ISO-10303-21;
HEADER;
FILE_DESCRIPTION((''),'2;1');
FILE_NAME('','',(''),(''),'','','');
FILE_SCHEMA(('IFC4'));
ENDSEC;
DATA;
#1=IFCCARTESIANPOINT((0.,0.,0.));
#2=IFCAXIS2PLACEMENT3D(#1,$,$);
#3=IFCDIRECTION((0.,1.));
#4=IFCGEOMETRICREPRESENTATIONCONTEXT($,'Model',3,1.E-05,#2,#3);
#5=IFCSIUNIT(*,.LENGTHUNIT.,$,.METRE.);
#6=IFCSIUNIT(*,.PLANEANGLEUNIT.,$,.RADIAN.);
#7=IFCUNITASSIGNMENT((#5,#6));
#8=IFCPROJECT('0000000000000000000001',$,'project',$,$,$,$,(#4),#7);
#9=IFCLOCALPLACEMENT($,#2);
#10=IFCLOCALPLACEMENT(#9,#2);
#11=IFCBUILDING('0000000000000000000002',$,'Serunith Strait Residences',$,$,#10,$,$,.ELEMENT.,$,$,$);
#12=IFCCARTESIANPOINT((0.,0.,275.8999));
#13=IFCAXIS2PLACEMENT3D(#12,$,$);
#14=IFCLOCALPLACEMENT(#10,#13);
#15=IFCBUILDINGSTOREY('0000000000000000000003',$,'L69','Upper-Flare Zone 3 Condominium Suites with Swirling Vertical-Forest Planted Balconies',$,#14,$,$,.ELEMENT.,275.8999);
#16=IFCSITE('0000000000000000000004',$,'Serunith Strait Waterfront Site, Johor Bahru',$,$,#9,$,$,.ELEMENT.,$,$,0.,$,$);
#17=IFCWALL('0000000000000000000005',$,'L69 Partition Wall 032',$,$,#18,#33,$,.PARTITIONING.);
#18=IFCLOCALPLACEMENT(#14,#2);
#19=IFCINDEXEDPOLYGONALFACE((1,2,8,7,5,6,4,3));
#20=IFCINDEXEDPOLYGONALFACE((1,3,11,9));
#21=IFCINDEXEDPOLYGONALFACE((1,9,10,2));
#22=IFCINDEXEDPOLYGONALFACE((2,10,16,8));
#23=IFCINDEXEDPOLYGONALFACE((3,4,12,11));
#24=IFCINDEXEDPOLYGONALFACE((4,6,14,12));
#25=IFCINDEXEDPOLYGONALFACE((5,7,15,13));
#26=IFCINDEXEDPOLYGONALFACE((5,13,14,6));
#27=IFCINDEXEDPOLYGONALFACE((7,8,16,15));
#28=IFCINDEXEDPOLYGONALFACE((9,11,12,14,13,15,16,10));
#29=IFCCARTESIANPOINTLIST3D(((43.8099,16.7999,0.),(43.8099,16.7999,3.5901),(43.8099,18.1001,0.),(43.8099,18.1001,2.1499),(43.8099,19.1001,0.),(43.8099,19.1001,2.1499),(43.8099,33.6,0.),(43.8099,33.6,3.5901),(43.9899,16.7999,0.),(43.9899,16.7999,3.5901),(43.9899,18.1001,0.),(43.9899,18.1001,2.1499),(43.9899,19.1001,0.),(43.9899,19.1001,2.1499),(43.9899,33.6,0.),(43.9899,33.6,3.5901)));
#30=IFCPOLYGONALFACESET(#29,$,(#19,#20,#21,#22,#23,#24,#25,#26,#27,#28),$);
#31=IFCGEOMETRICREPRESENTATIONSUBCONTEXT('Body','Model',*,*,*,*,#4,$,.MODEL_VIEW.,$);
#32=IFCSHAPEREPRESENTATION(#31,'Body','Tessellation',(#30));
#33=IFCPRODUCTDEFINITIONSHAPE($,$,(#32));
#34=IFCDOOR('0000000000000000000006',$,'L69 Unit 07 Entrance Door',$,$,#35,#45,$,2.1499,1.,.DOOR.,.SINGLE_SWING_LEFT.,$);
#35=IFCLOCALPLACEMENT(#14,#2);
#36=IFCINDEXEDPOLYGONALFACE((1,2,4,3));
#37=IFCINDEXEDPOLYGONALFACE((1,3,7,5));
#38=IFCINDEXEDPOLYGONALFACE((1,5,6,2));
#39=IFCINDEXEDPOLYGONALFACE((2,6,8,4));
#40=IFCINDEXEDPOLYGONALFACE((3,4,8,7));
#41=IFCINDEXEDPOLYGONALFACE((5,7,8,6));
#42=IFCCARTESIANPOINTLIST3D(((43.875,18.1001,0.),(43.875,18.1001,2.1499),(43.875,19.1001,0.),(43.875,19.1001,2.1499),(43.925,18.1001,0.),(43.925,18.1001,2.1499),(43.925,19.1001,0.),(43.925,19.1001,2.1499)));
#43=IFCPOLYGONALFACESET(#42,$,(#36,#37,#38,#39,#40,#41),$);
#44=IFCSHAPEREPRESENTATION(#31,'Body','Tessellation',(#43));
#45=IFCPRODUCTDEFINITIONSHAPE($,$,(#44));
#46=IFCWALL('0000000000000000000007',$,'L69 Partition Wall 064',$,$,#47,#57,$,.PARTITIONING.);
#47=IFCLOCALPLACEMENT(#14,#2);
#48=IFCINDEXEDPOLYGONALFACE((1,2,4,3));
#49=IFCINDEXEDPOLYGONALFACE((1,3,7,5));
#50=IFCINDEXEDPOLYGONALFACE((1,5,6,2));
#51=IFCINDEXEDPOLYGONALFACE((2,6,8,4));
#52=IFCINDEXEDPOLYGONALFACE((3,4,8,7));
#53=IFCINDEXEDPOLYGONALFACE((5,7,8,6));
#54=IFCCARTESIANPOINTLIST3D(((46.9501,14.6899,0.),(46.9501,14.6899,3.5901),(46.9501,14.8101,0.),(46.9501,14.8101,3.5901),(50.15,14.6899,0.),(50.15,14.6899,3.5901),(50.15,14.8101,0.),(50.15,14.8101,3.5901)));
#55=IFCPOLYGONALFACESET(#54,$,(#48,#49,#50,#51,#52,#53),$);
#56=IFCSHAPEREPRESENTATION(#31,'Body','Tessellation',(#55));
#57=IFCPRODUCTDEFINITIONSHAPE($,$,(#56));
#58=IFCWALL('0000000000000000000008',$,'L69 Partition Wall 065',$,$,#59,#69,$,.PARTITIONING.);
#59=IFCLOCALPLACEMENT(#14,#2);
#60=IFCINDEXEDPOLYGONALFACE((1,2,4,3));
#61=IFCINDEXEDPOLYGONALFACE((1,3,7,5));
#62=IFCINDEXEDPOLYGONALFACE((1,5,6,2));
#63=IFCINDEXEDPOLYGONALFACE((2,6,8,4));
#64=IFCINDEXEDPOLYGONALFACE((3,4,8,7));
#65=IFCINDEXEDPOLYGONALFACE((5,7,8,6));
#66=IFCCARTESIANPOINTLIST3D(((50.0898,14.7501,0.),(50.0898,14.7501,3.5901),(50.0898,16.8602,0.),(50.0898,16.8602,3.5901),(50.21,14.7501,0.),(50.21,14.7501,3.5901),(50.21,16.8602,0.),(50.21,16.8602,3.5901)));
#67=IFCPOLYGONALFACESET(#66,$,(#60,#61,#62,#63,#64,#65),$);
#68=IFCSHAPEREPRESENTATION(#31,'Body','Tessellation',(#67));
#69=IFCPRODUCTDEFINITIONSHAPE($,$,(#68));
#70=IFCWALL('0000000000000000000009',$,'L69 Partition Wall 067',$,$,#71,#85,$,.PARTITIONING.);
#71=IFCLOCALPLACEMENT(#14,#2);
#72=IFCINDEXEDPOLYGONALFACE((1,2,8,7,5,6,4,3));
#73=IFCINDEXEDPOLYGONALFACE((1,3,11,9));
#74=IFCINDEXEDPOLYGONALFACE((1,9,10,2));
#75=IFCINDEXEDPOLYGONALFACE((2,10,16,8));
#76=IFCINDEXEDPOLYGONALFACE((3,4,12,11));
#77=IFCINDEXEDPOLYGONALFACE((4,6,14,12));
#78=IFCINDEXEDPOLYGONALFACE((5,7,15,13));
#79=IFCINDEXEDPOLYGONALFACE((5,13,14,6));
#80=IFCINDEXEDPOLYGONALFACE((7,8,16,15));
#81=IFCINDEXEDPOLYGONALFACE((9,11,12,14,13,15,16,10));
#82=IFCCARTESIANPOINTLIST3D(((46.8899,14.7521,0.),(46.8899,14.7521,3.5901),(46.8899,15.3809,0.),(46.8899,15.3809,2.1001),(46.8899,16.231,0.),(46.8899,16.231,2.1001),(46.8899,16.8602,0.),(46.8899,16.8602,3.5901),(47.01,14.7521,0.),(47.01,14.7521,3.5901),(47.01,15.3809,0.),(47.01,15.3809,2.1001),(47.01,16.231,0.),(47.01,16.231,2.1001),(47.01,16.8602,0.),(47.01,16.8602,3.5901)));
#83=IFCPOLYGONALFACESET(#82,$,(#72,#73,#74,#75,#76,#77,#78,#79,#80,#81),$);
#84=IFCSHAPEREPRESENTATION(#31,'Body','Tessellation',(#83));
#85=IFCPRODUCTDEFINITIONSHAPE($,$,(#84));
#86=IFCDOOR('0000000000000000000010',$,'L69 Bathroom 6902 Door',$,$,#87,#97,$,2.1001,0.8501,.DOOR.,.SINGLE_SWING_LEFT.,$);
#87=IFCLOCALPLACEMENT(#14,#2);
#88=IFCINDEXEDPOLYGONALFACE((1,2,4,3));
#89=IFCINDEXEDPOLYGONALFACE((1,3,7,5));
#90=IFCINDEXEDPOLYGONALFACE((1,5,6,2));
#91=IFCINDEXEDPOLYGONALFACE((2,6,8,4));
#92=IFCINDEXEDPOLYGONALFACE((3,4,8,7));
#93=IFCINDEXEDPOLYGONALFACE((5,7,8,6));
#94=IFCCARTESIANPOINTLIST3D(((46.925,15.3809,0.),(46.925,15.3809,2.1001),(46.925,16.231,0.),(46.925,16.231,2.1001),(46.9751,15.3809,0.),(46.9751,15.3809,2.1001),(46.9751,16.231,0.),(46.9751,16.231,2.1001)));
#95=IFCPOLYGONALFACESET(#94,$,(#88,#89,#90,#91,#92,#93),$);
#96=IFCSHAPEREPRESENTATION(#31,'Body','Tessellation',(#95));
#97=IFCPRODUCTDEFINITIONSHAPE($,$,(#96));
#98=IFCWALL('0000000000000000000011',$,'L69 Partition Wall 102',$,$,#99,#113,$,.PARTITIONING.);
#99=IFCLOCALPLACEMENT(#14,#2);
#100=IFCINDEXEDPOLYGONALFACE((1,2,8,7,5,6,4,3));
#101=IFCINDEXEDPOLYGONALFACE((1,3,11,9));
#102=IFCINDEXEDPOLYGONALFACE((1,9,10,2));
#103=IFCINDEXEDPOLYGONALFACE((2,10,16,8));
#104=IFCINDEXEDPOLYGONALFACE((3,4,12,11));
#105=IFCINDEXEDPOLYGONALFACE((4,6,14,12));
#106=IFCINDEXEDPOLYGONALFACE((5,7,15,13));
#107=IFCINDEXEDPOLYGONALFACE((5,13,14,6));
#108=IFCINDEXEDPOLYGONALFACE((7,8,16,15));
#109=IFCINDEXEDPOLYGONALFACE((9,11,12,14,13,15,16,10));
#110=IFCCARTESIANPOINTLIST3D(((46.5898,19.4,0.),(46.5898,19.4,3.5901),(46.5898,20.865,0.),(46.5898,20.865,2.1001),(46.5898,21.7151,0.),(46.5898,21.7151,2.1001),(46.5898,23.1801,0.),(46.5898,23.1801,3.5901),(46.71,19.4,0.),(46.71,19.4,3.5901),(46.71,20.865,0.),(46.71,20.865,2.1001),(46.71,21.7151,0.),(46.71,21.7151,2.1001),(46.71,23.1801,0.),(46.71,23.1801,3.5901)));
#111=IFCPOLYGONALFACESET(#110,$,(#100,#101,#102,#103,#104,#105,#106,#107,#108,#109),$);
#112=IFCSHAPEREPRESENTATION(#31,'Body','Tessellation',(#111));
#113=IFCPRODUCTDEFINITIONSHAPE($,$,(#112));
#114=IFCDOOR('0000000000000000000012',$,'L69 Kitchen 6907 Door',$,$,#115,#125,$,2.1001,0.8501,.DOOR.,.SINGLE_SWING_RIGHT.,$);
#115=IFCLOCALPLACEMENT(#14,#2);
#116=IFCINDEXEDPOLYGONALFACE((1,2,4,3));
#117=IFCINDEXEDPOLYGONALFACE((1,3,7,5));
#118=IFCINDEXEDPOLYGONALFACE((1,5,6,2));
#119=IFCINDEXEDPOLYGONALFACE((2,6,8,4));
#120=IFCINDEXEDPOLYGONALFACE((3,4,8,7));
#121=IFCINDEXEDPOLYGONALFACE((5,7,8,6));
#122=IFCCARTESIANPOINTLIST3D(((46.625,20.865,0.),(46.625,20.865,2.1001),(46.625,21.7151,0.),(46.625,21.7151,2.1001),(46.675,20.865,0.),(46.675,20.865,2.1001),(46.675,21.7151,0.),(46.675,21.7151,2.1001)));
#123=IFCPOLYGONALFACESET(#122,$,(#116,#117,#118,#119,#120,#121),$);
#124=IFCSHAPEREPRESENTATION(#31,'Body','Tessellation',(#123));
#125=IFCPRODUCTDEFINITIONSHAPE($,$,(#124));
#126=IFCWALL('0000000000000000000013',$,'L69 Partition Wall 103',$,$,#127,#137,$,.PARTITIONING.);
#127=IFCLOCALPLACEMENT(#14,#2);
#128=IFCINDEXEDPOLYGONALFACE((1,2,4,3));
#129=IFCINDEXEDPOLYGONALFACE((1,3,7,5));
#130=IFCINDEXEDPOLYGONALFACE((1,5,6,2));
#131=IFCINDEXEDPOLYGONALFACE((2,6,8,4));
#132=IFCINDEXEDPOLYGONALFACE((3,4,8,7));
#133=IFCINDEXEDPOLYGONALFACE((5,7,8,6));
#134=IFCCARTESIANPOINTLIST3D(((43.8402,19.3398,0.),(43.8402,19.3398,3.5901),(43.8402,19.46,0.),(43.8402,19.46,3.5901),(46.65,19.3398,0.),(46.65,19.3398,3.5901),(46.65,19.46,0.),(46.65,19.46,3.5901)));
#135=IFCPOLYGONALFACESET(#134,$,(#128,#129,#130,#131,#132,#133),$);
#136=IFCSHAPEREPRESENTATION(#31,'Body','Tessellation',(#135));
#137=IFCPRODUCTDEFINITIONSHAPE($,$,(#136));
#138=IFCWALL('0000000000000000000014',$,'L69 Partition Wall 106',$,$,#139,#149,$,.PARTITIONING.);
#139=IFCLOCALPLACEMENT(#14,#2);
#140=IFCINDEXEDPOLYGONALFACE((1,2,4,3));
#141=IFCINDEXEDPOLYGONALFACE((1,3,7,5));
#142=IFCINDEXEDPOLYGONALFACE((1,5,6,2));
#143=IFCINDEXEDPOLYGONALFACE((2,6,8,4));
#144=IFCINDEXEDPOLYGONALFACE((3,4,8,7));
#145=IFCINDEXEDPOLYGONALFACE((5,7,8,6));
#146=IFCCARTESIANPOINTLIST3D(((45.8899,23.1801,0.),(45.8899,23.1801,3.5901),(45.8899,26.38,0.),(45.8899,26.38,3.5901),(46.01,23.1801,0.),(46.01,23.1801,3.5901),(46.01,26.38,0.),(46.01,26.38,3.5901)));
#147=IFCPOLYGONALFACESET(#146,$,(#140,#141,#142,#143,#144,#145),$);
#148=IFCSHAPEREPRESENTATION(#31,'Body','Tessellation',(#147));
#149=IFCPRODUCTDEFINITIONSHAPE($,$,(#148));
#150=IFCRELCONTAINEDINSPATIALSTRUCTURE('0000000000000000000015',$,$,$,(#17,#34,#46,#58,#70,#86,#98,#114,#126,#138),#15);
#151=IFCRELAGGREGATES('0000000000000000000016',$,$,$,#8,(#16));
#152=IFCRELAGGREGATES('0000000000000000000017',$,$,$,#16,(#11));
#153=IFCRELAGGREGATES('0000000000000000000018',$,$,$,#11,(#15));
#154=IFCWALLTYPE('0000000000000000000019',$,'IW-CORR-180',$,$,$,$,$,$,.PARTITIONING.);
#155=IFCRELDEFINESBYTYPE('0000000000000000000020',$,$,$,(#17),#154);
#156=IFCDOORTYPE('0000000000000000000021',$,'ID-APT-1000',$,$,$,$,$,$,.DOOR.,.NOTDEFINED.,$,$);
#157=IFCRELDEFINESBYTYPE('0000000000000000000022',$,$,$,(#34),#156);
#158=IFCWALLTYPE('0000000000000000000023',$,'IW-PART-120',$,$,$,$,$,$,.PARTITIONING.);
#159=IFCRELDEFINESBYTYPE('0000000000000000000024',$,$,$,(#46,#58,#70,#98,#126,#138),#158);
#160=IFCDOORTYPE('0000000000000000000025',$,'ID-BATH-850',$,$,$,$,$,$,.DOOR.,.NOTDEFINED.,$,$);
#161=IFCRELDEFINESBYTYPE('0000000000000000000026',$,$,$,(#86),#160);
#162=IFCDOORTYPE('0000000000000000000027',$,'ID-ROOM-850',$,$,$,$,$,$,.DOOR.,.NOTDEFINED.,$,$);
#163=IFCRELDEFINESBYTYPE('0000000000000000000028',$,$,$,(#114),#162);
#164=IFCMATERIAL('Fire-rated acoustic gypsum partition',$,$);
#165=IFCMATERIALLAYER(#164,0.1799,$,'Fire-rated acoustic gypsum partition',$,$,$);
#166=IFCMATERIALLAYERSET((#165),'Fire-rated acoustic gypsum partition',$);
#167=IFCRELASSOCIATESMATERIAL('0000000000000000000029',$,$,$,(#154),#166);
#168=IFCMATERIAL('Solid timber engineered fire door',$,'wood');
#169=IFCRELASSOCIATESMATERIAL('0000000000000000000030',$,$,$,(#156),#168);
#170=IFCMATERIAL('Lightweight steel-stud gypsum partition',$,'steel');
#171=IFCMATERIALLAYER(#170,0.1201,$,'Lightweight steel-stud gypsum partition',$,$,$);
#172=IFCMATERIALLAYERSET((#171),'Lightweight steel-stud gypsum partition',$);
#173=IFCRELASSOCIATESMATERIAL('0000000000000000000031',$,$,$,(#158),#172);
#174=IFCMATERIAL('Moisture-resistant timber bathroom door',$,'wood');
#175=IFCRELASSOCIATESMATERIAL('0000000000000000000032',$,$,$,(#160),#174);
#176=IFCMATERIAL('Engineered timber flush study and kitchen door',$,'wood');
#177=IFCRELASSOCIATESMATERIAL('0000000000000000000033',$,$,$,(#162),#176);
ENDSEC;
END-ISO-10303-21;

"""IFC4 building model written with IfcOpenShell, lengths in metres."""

from ifc_helpers import new_model, si_unit, direction, frame, frame_2d, origin, place, context, subcontext, project, spatial, rectangle, extrude, source, transform, mapped, material, layer, layer_set, type_object, element, fill, save


model = new_model("IFC4")

# Units and contexts
model_context = context("Model", 3, precision=1e-05, world=origin(), true_north=direction((0.0, 1.0)))
body_context = subcontext(model_context, "Body", "Model", "MODEL_VIEW")
ifc_project = project(units=[si_unit("LENGTHUNIT", "METRE"), si_unit("PLANEANGLEUNIT", "RADIAN")], contexts=[model_context])

# Site, building, storey
site_placement = place(None, origin())
site = spatial("IfcSite", under=ifc_project, at=site_placement, Name="Serunith Strait Waterfront Site, Johor Bahru", CompositionType="ELEMENT", RefElevation=0.0)
building_placement = place(site_placement, origin())
building = spatial("IfcBuilding", under=site, at=building_placement, Name="Serunith Strait Residences", CompositionType="ELEMENT")
storey_placement = place(building_placement, frame((0.0, 0.0, 275.8999)))
storey = spatial("IfcBuildingStorey", under=building, at=storey_placement, Name="L69", Description="Upper-Flare Zone 3 Condominium Suites with Swirling Vertical-Forest Planted Balconies", CompositionType="ELEMENT", Elevation=275.8999)

# Wall, opening, door
ifc_material_1 = material(Name="Fire-rated acoustic gypsum partition")
ifc_layer_1 = layer(ifc_material_1, 0.1799, Name="Fire-rated acoustic gypsum partition")
ifc_layer_set_1 = layer_set([ifc_layer_1], Name="Fire-rated acoustic gypsum partition")
wall_type_1 = type_object("IfcWallType", Name="IW-CORR-180", PredefinedType="PARTITIONING", material=ifc_layer_set_1)
wall_1_placement = place(storey_placement, frame((43.8999, 16.8, 0.0), z_axis=(0.0, 0.0, 1.0), x_axis=(0.0, 1.0, 0.0)))
wall_1 = element("IfcWall", 1, at=wall_1_placement, inside=storey, type_object=wall_type_1, Name="L69 Partition Wall 032", PredefinedType="PARTITIONING", context=body_context, shape_type="SweptSolid", body=[
    extrude(rectangle(XDim=16.8, YDim=0.1799, at=frame_2d((8.3999, 0.0))), origin(), (0.0, 0.0, 1.0), 3.5901),
])
opening_1_placement = place(wall_1_placement, frame((1.3, 0.0, 0.0)))
opening_1 = element("IfcOpeningElement", 2, at=opening_1_placement, cuts=wall_1, PredefinedType="OPENING", context=body_context, shape_type="SweptSolid", body=[
    extrude(rectangle(XDim=1.0, YDim=2.1499, at=frame_2d((0.5, 1.075))), frame((0.0, 0.1001, 0.0), z_axis=(0.0, -1.0, 0.0), x_axis=(1.0, 0.0, 0.0)), (0.0, 0.0, 1.0), 0.2),
])
ifc_material_2 = material(Name="Solid timber engineered fire door", Category="wood")
door_type_1 = type_object("IfcDoorType", Name="ID-APT-1000", OperationType="NOTDEFINED", PredefinedType="DOOR", material=ifc_material_2)
shared_shape_1 = source(origin(), body_context, "Body", "SweptSolid", [
    extrude(rectangle(XDim=1.0, YDim=2.1499, at=frame_2d((0.5, 1.075))), frame((0.0, 0.0249, 0.0), z_axis=(0.0, -1.0, 0.0), x_axis=(1.0, 0.0, 0.0)), (0.0, 0.0, 1.0), 0.05),
])
door_1_placement = place(opening_1_placement, origin())
door_1 = element("IfcDoor", 3, at=door_1_placement, inside=storey, type_object=door_type_1, Name="L69 Unit 07 Entrance Door", OperationType="SINGLE_SWING_LEFT", OverallHeight=2.1499, OverallWidth=1.0, PredefinedType="DOOR", context=body_context, shape_type="MappedRepresentation", body=[
    mapped(shared_shape_1, transform((0.0, 0.0, 0.0), scale=1.0)),
])
fill(opening_1, door_1)

# Walls
ifc_material_3 = material(Name="Lightweight steel-stud gypsum partition", Category="steel")
ifc_layer_2 = layer(ifc_material_3, 0.1201, Name="Lightweight steel-stud gypsum partition")
ifc_layer_set_2 = layer_set([ifc_layer_2], Name="Lightweight steel-stud gypsum partition")
wall_type_2 = type_object("IfcWallType", Name="IW-PART-120", PredefinedType="PARTITIONING", material=ifc_layer_set_2)
wall_2_placement = place(storey_placement, frame((46.95, 14.75, 0.0), z_axis=(0.0, 0.0, 1.0), x_axis=(1.0, 0.0, 0.0)))
element("IfcWall", 4, at=wall_2_placement, inside=storey, type_object=wall_type_2, Name="L69 Partition Wall 064", PredefinedType="PARTITIONING", context=body_context, shape_type="SweptSolid", body=[
    extrude(rectangle(XDim=3.2, YDim=0.1201, at=frame_2d((1.6001, 0.0))), origin(), (0.0, 0.0, 1.0), 3.5901),
])
wall_3_placement = place(storey_placement, frame((50.1499, 14.75, 0.0), z_axis=(0.0, 0.0, 1.0), x_axis=(0.0, 1.0, 0.0)))
element("IfcWall", 5, at=wall_3_placement, inside=storey, type_object=wall_type_2, Name="L69 Partition Wall 065", PredefinedType="PARTITIONING", context=body_context, shape_type="SweptSolid", body=[
    extrude(rectangle(XDim=2.1101, YDim=0.1201, at=frame_2d((1.0552, 0.0))), origin(), (0.0, 0.0, 1.0), 3.5901),
])

# Walls, openings, doors
wall_4_placement = place(storey_placement, frame((46.95, 14.752, 0.0), z_axis=(0.0, 0.0, 1.0), x_axis=(0.0, 1.0, 0.0)))
wall_4 = element("IfcWall", 6, at=wall_4_placement, inside=storey, type_object=wall_type_2, Name="L69 Partition Wall 067", PredefinedType="PARTITIONING", context=body_context, shape_type="SweptSolid", body=[
    extrude(rectangle(XDim=2.1082, YDim=0.1201, at=frame_2d((1.0542, 0.0))), origin(), (0.0, 0.0, 1.0), 3.5901),
])
opening_2_placement = place(wall_4_placement, frame((0.6289, 0.0, 0.0)))
opening_2 = element("IfcOpeningElement", 7, at=opening_2_placement, cuts=wall_4, PredefinedType="OPENING", context=body_context, shape_type="SweptSolid", body=[
    extrude(rectangle(XDim=0.8501, YDim=2.1001, at=frame_2d((0.425, 1.05))), frame((0.0, 0.0701, 0.0), z_axis=(0.0, -1.0, 0.0), x_axis=(1.0, 0.0, 0.0)), (0.0, 0.0, 1.0), 0.1401),
])
ifc_material_4 = material(Name="Moisture-resistant timber bathroom door", Category="wood")
door_type_2 = type_object("IfcDoorType", Name="ID-BATH-850", OperationType="NOTDEFINED", PredefinedType="DOOR", material=ifc_material_4)
shared_shape_2 = source(origin(), body_context, "Body", "SweptSolid", [
    extrude(rectangle(XDim=0.8501, YDim=2.1001, at=frame_2d((0.425, 1.05))), frame((0.0, 0.0249, 0.0), z_axis=(0.0, -1.0, 0.0), x_axis=(1.0, 0.0, 0.0)), (0.0, 0.0, 1.0), 0.05),
])
door_2_placement = place(opening_2_placement, origin())
door_2 = element("IfcDoor", 8, at=door_2_placement, inside=storey, type_object=door_type_2, Name="L69 Bathroom 6902 Door", OperationType="SINGLE_SWING_LEFT", OverallHeight=2.1001, OverallWidth=0.8501, PredefinedType="DOOR", context=body_context, shape_type="MappedRepresentation", body=[
    mapped(shared_shape_2, transform((0.0, 0.0, 0.0), scale=1.0)),
])
fill(opening_2, door_2)
wall_5_placement = place(storey_placement, frame((46.6499, 19.3999, 0.0), z_axis=(0.0, 0.0, 1.0), x_axis=(0.0, 1.0, 0.0)))
wall_5 = element("IfcWall", 9, at=wall_5_placement, inside=storey, type_object=wall_type_2, Name="L69 Partition Wall 102", PredefinedType="PARTITIONING", context=body_context, shape_type="SweptSolid", body=[
    extrude(rectangle(XDim=3.78, YDim=0.1201, at=frame_2d((1.8901, 0.0))), origin(), (0.0, 0.0, 1.0), 3.5901),
])
opening_3_placement = place(wall_5_placement, frame((1.4651, 0.0, 0.0)))
opening_3 = element("IfcOpeningElement", 10, at=opening_3_placement, cuts=wall_5, PredefinedType="OPENING", context=body_context, shape_type="SweptSolid", body=[
    extrude(rectangle(XDim=0.8501, YDim=2.1001, at=frame_2d((0.425, 1.05))), frame((0.0, 0.0701, 0.0), z_axis=(0.0, -1.0, 0.0), x_axis=(1.0, 0.0, 0.0)), (0.0, 0.0, 1.0), 0.1401),
])
ifc_material_5 = material(Name="Engineered timber flush study and kitchen door", Category="wood")
door_type_3 = type_object("IfcDoorType", Name="ID-ROOM-850", OperationType="NOTDEFINED", PredefinedType="DOOR", material=ifc_material_5)
door_3_placement = place(opening_3_placement, origin())
door_3 = element("IfcDoor", 11, at=door_3_placement, inside=storey, type_object=door_type_3, Name="L69 Kitchen 6907 Door", OperationType="SINGLE_SWING_RIGHT", OverallHeight=2.1001, OverallWidth=0.8501, PredefinedType="DOOR", context=body_context, shape_type="MappedRepresentation", body=[
    mapped(shared_shape_2, transform((0.0, 0.0, 0.0), scale=1.0)),
])
fill(opening_3, door_3)

# Walls
wall_6_placement = place(storey_placement, frame((46.6499, 19.3999, 0.0), z_axis=(0.0, 0.0, 1.0), x_axis=(-1.0, 0.0, 0.0)))
element("IfcWall", 12, at=wall_6_placement, inside=storey, type_object=wall_type_2, Name="L69 Partition Wall 103", PredefinedType="PARTITIONING", context=body_context, shape_type="SweptSolid", body=[
    extrude(rectangle(XDim=2.8098, YDim=0.1201, at=frame_2d((1.4048, 0.0))), origin(), (0.0, 0.0, 1.0), 3.5901),
])
wall_7_placement = place(storey_placement, frame((45.95, 23.1799, 0.0), z_axis=(0.0, 0.0, 1.0), x_axis=(0.0, 1.0, 0.0)))
element("IfcWall", 13, at=wall_7_placement, inside=storey, type_object=wall_type_2, Name="L69 Partition Wall 106", PredefinedType="PARTITIONING", context=body_context, shape_type="SweptSolid", body=[
    extrude(rectangle(XDim=3.2, YDim=0.1201, at=frame_2d((1.6001, 0.0))), origin(), (0.0, 0.0, 1.0), 3.5901),
])

save(model, "model.ifc")
